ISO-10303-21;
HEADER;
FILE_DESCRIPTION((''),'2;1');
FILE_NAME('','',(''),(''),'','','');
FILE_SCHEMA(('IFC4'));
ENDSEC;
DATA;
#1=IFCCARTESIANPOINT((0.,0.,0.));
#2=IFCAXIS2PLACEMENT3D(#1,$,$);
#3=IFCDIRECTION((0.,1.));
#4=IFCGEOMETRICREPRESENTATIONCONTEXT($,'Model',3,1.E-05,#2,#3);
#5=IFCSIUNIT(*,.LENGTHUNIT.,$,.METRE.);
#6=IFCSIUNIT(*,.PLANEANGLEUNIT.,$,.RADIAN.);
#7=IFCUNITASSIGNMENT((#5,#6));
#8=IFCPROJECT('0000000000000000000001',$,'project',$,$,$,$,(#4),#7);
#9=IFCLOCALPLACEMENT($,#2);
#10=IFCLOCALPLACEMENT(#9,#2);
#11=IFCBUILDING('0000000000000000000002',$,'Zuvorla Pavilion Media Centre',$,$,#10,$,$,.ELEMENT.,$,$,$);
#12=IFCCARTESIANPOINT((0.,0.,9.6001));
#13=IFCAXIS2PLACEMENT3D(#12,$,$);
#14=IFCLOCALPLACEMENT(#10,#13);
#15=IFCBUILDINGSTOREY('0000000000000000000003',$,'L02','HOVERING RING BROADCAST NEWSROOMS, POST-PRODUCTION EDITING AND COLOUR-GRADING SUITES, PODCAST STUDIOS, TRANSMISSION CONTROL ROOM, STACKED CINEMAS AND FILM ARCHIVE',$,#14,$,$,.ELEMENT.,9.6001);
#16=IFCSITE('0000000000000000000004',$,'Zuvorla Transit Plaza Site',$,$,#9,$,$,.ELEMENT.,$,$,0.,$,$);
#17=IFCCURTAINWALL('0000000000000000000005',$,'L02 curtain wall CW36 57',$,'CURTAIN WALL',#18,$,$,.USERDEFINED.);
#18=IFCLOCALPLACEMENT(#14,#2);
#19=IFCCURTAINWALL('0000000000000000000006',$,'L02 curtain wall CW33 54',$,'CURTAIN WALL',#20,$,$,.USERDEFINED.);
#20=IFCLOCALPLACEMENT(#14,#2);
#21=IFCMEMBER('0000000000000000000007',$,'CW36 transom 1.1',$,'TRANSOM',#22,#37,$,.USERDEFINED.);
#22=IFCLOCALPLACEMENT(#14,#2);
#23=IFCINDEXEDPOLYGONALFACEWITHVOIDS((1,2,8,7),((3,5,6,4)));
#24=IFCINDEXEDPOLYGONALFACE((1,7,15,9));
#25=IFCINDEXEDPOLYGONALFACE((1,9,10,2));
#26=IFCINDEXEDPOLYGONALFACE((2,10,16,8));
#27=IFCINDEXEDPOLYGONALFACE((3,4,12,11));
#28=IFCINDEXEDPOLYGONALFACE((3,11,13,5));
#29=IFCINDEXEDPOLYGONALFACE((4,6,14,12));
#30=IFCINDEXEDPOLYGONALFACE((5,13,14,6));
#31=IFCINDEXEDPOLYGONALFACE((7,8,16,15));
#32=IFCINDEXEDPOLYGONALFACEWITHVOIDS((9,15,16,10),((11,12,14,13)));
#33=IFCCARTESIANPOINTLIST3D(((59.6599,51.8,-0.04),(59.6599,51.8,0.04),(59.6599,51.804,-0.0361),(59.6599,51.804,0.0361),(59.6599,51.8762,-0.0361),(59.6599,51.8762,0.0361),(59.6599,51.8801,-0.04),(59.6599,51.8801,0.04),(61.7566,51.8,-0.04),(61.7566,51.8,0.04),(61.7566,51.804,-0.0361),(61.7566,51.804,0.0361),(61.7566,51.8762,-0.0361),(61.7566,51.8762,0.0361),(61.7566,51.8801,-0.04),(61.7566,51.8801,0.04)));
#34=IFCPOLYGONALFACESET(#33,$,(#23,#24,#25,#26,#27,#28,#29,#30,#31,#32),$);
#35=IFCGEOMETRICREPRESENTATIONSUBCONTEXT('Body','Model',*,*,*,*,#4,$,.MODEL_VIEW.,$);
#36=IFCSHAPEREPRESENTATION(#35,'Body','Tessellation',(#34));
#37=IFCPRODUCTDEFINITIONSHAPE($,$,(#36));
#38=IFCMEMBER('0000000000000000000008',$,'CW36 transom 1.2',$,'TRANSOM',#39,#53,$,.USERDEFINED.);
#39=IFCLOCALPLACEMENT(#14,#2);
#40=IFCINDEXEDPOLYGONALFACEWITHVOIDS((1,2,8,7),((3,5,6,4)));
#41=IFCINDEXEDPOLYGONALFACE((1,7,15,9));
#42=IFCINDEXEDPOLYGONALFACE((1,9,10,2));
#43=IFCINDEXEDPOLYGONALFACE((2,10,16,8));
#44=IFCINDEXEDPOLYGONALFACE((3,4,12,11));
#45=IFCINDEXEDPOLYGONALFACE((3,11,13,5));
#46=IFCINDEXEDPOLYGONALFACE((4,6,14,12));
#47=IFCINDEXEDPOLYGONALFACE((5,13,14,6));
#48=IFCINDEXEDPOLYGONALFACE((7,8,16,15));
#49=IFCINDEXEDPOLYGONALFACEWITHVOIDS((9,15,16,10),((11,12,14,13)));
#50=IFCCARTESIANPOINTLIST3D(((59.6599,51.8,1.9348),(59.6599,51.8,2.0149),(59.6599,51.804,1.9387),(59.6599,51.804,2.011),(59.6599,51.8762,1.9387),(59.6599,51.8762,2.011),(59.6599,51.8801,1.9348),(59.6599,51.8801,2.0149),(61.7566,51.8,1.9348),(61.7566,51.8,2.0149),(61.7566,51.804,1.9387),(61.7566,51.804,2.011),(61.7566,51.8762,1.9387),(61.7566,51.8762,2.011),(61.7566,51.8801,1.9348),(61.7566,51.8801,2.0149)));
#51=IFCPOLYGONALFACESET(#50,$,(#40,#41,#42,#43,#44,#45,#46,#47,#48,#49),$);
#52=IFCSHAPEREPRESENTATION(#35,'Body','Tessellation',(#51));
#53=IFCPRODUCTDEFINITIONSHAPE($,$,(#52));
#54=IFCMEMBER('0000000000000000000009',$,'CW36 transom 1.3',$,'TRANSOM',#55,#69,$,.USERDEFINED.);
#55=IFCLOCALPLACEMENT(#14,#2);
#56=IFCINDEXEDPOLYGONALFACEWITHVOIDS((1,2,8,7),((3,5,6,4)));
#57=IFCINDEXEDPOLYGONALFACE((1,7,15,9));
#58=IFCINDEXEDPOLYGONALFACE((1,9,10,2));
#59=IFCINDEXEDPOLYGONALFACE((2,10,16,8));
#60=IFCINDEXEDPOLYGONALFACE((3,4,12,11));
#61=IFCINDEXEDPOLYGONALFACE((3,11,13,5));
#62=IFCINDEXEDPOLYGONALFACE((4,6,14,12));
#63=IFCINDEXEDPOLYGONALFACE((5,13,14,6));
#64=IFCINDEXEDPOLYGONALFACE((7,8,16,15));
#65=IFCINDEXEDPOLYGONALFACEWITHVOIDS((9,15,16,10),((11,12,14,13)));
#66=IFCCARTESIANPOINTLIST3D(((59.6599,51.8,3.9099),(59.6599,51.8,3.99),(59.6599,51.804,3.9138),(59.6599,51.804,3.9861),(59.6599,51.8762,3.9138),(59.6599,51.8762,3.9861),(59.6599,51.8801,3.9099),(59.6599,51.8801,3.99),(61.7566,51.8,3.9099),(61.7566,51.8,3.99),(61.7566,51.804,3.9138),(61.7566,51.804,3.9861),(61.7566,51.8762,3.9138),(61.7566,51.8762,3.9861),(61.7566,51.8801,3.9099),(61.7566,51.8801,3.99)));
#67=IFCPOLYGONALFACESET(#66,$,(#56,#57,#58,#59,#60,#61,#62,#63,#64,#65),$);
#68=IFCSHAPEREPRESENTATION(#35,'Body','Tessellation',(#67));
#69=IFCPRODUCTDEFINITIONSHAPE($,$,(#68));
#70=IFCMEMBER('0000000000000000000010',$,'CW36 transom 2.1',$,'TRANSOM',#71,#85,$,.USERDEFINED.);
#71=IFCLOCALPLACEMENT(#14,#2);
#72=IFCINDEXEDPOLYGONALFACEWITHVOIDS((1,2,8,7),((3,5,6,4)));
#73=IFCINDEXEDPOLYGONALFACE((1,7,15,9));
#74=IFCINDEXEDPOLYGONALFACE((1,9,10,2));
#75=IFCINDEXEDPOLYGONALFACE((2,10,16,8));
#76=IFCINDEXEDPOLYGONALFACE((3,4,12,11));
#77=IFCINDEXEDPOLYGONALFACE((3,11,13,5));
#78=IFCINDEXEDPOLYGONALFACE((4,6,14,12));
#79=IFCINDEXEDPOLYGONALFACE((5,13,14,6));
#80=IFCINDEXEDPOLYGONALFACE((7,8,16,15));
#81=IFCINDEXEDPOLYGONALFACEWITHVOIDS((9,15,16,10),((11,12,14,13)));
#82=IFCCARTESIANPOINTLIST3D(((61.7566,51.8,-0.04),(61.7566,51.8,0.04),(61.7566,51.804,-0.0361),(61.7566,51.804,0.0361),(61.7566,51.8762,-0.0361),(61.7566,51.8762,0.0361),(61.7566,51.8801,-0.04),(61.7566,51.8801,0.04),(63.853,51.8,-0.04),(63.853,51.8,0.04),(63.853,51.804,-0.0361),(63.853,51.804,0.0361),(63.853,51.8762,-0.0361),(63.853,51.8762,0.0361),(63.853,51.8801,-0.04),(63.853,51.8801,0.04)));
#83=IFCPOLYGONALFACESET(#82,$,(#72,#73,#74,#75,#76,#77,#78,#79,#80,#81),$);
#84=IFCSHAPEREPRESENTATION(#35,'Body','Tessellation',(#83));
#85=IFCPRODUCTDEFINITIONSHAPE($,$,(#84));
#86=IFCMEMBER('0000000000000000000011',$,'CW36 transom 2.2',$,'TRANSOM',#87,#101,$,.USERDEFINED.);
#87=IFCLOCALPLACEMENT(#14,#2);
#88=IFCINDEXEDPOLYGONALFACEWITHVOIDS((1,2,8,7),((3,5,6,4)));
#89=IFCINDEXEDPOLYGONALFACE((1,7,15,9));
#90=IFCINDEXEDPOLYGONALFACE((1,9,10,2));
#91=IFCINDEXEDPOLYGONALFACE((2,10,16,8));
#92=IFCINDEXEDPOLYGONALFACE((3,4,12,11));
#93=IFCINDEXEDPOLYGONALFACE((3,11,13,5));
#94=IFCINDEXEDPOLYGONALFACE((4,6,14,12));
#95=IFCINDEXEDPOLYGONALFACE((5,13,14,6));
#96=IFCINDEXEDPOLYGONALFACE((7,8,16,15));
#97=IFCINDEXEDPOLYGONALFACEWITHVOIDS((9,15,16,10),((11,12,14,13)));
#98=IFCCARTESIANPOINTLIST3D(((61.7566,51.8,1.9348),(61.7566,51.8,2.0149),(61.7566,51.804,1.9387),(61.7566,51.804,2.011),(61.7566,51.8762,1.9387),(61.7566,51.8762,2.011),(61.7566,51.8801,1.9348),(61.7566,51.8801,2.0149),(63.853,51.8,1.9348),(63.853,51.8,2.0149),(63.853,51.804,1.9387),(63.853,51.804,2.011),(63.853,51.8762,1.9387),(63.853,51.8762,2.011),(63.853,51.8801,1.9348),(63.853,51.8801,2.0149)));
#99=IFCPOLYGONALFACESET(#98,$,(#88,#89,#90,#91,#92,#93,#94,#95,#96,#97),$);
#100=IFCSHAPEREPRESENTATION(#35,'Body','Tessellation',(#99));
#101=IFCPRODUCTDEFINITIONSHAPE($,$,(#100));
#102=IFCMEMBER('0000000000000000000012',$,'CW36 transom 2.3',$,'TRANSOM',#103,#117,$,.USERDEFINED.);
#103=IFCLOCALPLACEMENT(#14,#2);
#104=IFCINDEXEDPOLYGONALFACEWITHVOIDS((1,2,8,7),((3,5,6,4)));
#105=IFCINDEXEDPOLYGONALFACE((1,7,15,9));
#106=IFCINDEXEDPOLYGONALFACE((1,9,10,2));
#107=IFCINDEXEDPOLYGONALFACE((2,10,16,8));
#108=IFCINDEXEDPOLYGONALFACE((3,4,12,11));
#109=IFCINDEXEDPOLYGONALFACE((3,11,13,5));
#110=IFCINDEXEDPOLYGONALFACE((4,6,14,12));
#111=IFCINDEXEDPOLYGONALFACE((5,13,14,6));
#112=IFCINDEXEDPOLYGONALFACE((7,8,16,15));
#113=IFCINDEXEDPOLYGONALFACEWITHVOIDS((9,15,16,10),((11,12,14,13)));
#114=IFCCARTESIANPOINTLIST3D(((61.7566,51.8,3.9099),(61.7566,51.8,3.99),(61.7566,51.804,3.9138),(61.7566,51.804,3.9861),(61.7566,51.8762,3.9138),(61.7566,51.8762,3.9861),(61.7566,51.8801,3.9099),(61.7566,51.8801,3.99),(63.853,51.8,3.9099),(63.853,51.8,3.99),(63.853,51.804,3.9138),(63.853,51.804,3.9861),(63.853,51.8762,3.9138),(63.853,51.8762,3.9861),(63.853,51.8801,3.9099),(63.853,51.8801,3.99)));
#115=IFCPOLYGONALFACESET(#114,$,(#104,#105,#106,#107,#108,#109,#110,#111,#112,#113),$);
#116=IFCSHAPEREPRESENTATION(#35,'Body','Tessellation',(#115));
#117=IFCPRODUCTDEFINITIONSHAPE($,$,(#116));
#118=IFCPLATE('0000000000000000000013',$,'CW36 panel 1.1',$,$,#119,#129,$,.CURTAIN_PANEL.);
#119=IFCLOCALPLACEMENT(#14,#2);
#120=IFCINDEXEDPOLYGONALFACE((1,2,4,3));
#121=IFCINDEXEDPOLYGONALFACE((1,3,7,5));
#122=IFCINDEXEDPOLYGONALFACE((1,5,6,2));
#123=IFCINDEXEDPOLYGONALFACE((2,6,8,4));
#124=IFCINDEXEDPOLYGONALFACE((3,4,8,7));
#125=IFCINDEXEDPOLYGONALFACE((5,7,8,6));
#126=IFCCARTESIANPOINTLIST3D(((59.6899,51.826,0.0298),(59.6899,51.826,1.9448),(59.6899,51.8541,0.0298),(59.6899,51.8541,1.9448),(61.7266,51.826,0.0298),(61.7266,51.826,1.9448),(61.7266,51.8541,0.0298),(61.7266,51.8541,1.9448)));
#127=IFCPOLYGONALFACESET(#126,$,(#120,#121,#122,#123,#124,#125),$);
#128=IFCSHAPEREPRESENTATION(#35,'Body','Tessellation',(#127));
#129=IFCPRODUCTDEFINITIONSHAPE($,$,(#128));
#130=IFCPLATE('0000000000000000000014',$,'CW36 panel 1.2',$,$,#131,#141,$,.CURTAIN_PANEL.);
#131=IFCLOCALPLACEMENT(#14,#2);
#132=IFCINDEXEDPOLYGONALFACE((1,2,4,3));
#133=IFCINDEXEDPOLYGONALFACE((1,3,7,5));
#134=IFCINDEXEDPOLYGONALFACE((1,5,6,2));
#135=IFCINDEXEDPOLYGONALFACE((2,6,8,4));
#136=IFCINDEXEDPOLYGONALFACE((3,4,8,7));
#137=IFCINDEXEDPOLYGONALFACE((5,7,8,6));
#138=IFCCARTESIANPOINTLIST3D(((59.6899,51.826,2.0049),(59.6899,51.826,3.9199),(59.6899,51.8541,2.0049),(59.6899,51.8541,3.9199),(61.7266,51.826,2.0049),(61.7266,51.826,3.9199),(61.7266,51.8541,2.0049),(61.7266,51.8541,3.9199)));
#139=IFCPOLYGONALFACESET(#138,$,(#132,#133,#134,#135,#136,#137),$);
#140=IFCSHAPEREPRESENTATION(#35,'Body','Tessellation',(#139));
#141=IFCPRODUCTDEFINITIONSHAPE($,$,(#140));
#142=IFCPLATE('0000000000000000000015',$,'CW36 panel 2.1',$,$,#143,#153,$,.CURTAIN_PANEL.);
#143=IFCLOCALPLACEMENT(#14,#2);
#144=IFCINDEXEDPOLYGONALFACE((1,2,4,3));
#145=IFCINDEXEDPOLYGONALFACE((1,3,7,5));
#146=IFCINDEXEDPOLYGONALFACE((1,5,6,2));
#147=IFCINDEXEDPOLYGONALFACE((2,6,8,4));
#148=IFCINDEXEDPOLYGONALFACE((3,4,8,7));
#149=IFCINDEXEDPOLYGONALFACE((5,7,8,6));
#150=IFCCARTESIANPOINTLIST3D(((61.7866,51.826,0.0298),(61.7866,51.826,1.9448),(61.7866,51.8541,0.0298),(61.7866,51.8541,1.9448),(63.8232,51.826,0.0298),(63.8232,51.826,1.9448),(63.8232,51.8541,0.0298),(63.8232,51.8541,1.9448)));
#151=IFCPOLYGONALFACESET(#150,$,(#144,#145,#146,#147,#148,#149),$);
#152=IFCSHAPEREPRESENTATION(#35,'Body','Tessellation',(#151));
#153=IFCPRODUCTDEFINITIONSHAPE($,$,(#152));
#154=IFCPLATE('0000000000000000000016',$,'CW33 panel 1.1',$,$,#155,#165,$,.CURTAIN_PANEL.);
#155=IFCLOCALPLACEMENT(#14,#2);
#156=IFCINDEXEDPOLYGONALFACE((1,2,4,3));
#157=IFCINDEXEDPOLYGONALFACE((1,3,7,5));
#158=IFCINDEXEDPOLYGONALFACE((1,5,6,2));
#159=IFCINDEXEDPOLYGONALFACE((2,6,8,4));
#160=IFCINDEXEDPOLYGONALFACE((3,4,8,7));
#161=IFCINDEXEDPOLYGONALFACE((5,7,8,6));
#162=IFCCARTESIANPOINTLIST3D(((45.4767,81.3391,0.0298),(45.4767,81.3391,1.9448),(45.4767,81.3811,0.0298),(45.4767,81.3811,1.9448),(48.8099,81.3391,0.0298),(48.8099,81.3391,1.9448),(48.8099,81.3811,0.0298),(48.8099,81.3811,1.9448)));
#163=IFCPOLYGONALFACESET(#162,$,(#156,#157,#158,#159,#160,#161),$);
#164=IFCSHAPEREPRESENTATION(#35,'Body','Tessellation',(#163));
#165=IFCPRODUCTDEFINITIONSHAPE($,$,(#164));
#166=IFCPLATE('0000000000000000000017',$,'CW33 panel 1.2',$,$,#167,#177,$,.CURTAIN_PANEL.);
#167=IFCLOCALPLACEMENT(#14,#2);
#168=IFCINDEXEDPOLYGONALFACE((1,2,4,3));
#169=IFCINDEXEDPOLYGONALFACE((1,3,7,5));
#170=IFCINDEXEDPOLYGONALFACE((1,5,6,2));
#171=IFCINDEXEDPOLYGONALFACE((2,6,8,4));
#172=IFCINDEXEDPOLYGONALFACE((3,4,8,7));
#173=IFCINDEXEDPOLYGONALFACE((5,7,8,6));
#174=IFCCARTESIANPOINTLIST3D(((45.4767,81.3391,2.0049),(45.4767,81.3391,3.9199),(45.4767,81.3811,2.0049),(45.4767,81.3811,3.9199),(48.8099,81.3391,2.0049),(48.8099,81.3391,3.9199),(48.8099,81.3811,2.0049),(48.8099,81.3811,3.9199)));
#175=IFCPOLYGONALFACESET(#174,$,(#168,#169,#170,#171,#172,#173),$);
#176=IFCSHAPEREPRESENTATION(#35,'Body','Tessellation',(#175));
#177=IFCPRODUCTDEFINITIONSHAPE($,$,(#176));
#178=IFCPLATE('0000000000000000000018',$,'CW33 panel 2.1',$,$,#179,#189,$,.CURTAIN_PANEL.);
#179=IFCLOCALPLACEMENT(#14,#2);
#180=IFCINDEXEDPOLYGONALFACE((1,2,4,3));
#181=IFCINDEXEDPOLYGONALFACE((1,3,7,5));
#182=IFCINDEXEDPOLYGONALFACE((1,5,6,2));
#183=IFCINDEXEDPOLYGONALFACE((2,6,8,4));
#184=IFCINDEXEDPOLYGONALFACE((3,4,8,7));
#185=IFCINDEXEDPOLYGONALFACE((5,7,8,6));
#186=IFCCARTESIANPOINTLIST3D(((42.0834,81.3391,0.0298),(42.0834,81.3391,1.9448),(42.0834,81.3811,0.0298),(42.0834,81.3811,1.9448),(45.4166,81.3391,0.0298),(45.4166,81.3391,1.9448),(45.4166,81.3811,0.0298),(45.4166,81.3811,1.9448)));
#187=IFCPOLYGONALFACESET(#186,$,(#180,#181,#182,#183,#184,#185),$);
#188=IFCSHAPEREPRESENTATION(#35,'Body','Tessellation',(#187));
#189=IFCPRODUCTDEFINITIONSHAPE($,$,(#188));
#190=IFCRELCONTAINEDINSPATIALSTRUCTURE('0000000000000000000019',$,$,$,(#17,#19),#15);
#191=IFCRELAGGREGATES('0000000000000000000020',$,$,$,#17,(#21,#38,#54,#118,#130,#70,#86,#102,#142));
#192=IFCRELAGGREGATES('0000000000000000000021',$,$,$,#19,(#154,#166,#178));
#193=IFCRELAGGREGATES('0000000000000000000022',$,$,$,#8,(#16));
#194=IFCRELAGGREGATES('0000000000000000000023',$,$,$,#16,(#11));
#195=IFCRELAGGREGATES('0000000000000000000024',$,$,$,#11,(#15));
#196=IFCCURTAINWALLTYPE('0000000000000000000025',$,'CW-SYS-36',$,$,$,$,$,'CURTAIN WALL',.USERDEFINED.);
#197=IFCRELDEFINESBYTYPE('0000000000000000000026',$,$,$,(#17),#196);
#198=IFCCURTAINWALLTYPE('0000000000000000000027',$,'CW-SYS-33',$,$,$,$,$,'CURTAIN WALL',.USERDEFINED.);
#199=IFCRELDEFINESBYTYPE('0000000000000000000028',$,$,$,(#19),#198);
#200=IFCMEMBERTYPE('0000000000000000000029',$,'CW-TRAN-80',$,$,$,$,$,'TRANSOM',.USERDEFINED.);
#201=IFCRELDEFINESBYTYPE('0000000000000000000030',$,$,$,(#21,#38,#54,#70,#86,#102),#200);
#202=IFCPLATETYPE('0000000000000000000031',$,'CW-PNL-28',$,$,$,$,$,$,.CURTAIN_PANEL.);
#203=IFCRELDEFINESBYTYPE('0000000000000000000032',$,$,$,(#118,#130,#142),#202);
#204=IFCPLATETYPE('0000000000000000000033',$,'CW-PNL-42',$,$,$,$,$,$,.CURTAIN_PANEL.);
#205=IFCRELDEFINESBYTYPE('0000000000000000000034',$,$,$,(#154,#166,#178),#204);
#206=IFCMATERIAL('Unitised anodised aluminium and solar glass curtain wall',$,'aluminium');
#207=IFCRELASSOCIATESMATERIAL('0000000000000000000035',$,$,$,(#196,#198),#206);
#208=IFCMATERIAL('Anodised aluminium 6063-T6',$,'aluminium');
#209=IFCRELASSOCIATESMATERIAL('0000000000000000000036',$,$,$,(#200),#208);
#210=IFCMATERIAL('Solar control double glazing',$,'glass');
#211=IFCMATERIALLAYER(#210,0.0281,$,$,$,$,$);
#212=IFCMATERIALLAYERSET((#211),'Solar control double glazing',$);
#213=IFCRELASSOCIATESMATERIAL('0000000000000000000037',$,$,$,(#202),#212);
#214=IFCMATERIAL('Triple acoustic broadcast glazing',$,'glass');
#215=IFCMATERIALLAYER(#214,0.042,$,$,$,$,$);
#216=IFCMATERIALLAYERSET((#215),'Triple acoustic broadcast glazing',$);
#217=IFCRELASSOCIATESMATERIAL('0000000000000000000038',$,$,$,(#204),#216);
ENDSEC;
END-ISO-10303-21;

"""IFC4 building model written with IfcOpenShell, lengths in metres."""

from ifc_helpers import new_model, si_unit, direction, frame, origin, origin_2d, place, context, subcontext, project, spatial, rectangle, hollow_rectangle, extrude, material, layer, layer_set, material_profile, profile_set, type_object, element, aggregate, save


model = new_model("IFC4")

# Units and contexts
model_context = context("Model", 3, precision=1e-05, world=origin(), true_north=direction((0.0, 1.0)))
body_context = subcontext(model_context, "Body", "Model", "MODEL_VIEW")
ifc_project = project(units=[si_unit("LENGTHUNIT", "METRE"), si_unit("PLANEANGLEUNIT", "RADIAN")], contexts=[model_context])

# Site, building, storey
site_placement = place(None, origin())
site = spatial("IfcSite", under=ifc_project, at=site_placement, Name="Zuvorla Transit Plaza Site", CompositionType="ELEMENT", RefElevation=0.0)
building_placement = place(site_placement, origin())
building = spatial("IfcBuilding", under=site, at=building_placement, Name="Zuvorla Pavilion Media Centre", CompositionType="ELEMENT")
storey_placement = place(building_placement, frame((0.0, 0.0, 9.6001)))
storey = spatial("IfcBuildingStorey", under=building, at=storey_placement, Name="L02", Description="HOVERING RING BROADCAST NEWSROOMS, POST-PRODUCTION EDITING AND COLOUR-GRADING SUITES, PODCAST STUDIOS, TRANSMISSION CONTROL ROOM, STACKED CINEMAS AND FILM ARCHIVE", CompositionType="ELEMENT", Elevation=9.6001)

# Curtain wall
ifc_material_1 = material(Name="Unitised anodised aluminium and solar glass curtain wall", Category="aluminium")
curtain_wall_type_1 = type_object("IfcCurtainWallType", Name="CW-SYS-36", ElementType="CURTAIN WALL", PredefinedType="USERDEFINED", material=ifc_material_1)
curtain_wall_1_placement = place(storey_placement, origin())
curtain_wall_1 = element("IfcCurtainWall", 1, at=curtain_wall_1_placement, inside=storey, type_object=curtain_wall_type_1, Name="L02 curtain wall CW36 57", ObjectType="CURTAIN WALL", PredefinedType="USERDEFINED")
ifc_material_2 = material(Name="Anodised aluminium 6063-T6", Category="aluminium")

# Curtain wall
curtain_wall_type_2 = type_object("IfcCurtainWallType", Name="CW-SYS-33", ElementType="CURTAIN WALL", PredefinedType="USERDEFINED", material=ifc_material_1)
curtain_wall_2_placement = place(storey_placement, origin())
curtain_wall_2 = element("IfcCurtainWall", 2, at=curtain_wall_2_placement, inside=storey, type_object=curtain_wall_type_2, Name="L02 curtain wall CW33 54", ObjectType="CURTAIN WALL", PredefinedType="USERDEFINED")

# Members
ifc_material_profile_1 = material_profile(ifc_material_2, hollow_rectangle(XDim=0.0801, YDim=0.0801, WallThickness=0.0039, at=origin_2d()), Name="ALU TRAN 80x80")
ifc_profile_set_1 = profile_set([ifc_material_profile_1], Name="Anodised aluminium 6063-T6")
member_type_1 = type_object("IfcMemberType", Name="CW-TRAN-80", ElementType="TRANSOM", PredefinedType="USERDEFINED", material=ifc_profile_set_1)
member_1_placement = place(storey_placement, frame((59.6599, 51.8401, 0.0), z_axis=(1.0, 0.0, 0.0), x_axis=(0.0, 1.0, 0.0)))
member_1 = element("IfcMember", 3, at=member_1_placement, type_object=member_type_1, Name="CW36 transom 1.1", ObjectType="TRANSOM", PredefinedType="USERDEFINED", context=body_context, shape_type="SweptSolid", body=[
    extrude(hollow_rectangle(XDim=0.0801, YDim=0.0801, WallThickness=0.0039, at=origin_2d()), origin(), (0.0, 0.0, 1.0), 2.0967),
])
member_2_placement = place(storey_placement, frame((59.6599, 51.8401, 1.9749), z_axis=(1.0, 0.0, 0.0), x_axis=(0.0, 1.0, 0.0)))
member_2 = element("IfcMember", 4, at=member_2_placement, type_object=member_type_1, Name="CW36 transom 1.2", ObjectType="TRANSOM", PredefinedType="USERDEFINED", context=body_context, shape_type="SweptSolid", body=[
    extrude(hollow_rectangle(XDim=0.0801, YDim=0.0801, WallThickness=0.0039, at=origin_2d()), origin(), (0.0, 0.0, 1.0), 2.0967),
])
member_3_placement = place(storey_placement, frame((59.6599, 51.8401, 3.95), z_axis=(1.0, 0.0, 0.0), x_axis=(0.0, 1.0, 0.0)))
member_3 = element("IfcMember", 5, at=member_3_placement, type_object=member_type_1, Name="CW36 transom 1.3", ObjectType="TRANSOM", PredefinedType="USERDEFINED", context=body_context, shape_type="SweptSolid", body=[
    extrude(hollow_rectangle(XDim=0.0801, YDim=0.0801, WallThickness=0.0039, at=origin_2d()), origin(), (0.0, 0.0, 1.0), 2.0967),
])
member_4_placement = place(storey_placement, frame((61.7566, 51.8401, 0.0), z_axis=(1.0, 0.0, 0.0), x_axis=(0.0, 1.0, 0.0)))
member_4 = element("IfcMember", 6, at=member_4_placement, type_object=member_type_1, Name="CW36 transom 2.1", ObjectType="TRANSOM", PredefinedType="USERDEFINED", context=body_context, shape_type="SweptSolid", body=[
    extrude(hollow_rectangle(XDim=0.0801, YDim=0.0801, WallThickness=0.0039, at=origin_2d()), origin(), (0.0, 0.0, 1.0), 2.0964),
])
member_5_placement = place(storey_placement, frame((61.7566, 51.8401, 1.9749), z_axis=(1.0, 0.0, 0.0), x_axis=(0.0, 1.0, 0.0)))
member_5 = element("IfcMember", 7, at=member_5_placement, type_object=member_type_1, Name="CW36 transom 2.2", ObjectType="TRANSOM", PredefinedType="USERDEFINED", context=body_context, shape_type="SweptSolid", body=[
    extrude(hollow_rectangle(XDim=0.0801, YDim=0.0801, WallThickness=0.0039, at=origin_2d()), origin(), (0.0, 0.0, 1.0), 2.0964),
])
member_6_placement = place(storey_placement, frame((61.7566, 51.8401, 3.95), z_axis=(1.0, 0.0, 0.0), x_axis=(0.0, 1.0, 0.0)))
member_6 = element("IfcMember", 8, at=member_6_placement, type_object=member_type_1, Name="CW36 transom 2.3", ObjectType="TRANSOM", PredefinedType="USERDEFINED", context=body_context, shape_type="SweptSolid", body=[
    extrude(hollow_rectangle(XDim=0.0801, YDim=0.0801, WallThickness=0.0039, at=origin_2d()), origin(), (0.0, 0.0, 1.0), 2.0964),
])

# Plates
ifc_material_3 = material(Name="Solar control double glazing", Category="glass")
ifc_layer_1 = layer(ifc_material_3, 0.0281)
ifc_layer_set_1 = layer_set([ifc_layer_1], Name="Solar control double glazing")
plate_type_1 = type_object("IfcPlateType", Name="CW-PNL-28", PredefinedType="CURTAIN_PANEL", material=ifc_layer_set_1)
plate_1_placement = place(storey_placement, frame((60.7083, 51.8401, 0.0298), z_axis=(0.0, 0.0, 1.0), x_axis=(1.0, 0.0, 0.0)))
plate_1 = element("IfcPlate", 9, at=plate_1_placement, type_object=plate_type_1, Name="CW36 panel 1.1", PredefinedType="CURTAIN_PANEL", context=body_context, shape_type="SweptSolid", body=[
    extrude(rectangle(XDim=2.0366, YDim=0.0281, at=origin_2d()), origin(), (0.0, 0.0, 1.0), 1.915),
])
plate_2_placement = place(storey_placement, frame((60.7083, 51.8401, 2.0049), z_axis=(0.0, 0.0, 1.0), x_axis=(1.0, 0.0, 0.0)))
plate_2 = element("IfcPlate", 10, at=plate_2_placement, type_object=plate_type_1, Name="CW36 panel 1.2", PredefinedType="CURTAIN_PANEL", context=body_context, shape_type="SweptSolid", body=[
    extrude(rectangle(XDim=2.0366, YDim=0.0281, at=origin_2d()), origin(), (0.0, 0.0, 1.0), 1.915),
])
plate_3_placement = place(storey_placement, frame((62.8049, 51.8401, 0.0298), z_axis=(0.0, 0.0, 1.0), x_axis=(1.0, 0.0, 0.0)))
plate_3 = element("IfcPlate", 11, at=plate_3_placement, type_object=plate_type_1, Name="CW36 panel 2.1", PredefinedType="CURTAIN_PANEL", context=body_context, shape_type="SweptSolid", body=[
    extrude(rectangle(XDim=2.0366, YDim=0.0281, at=origin_2d()), origin(), (0.0, 0.0, 1.0), 1.915),
])
aggregate(curtain_wall_1, [member_1, member_2, member_3, plate_1, plate_2, member_4, member_5, member_6, plate_3])
ifc_material_4 = material(Name="Triple acoustic broadcast glazing", Category="glass")
ifc_layer_2 = layer(ifc_material_4, 0.042)
ifc_layer_set_2 = layer_set([ifc_layer_2], Name="Triple acoustic broadcast glazing")
plate_type_2 = type_object("IfcPlateType", Name="CW-PNL-42", PredefinedType="CURTAIN_PANEL", material=ifc_layer_set_2)
plate_4_placement = place(storey_placement, frame((47.1433, 81.3601, 0.0298), z_axis=(0.0, 0.0, 1.0), x_axis=(-1.0, 0.0, 0.0)))
plate_4 = element("IfcPlate", 12, at=plate_4_placement, type_object=plate_type_2, Name="CW33 panel 1.1", PredefinedType="CURTAIN_PANEL", context=body_context, shape_type="SweptSolid", body=[
    extrude(rectangle(XDim=3.3333, YDim=0.042, at=origin_2d()), origin(), (0.0, 0.0, 1.0), 1.915),
])
plate_5_placement = place(storey_placement, frame((47.1433, 81.3601, 2.0049), z_axis=(0.0, 0.0, 1.0), x_axis=(-1.0, 0.0, 0.0)))
plate_5 = element("IfcPlate", 13, at=plate_5_placement, type_object=plate_type_2, Name="CW33 panel 1.2", PredefinedType="CURTAIN_PANEL", context=body_context, shape_type="SweptSolid", body=[
    extrude(rectangle(XDim=3.3333, YDim=0.042, at=origin_2d()), origin(), (0.0, 0.0, 1.0), 1.915),
])
plate_6_placement = place(storey_placement, frame((43.75, 81.3601, 0.0298), z_axis=(0.0, 0.0, 1.0), x_axis=(-1.0, 0.0, 0.0)))
plate_6 = element("IfcPlate", 14, at=plate_6_placement, type_object=plate_type_2, Name="CW33 panel 2.1", PredefinedType="CURTAIN_PANEL", context=body_context, shape_type="SweptSolid", body=[
    extrude(rectangle(XDim=3.3333, YDim=0.042, at=origin_2d()), origin(), (0.0, 0.0, 1.0), 1.915),
])
aggregate(curtain_wall_2, [plate_4, plate_5, plate_6])

save(model, "model.ifc")
